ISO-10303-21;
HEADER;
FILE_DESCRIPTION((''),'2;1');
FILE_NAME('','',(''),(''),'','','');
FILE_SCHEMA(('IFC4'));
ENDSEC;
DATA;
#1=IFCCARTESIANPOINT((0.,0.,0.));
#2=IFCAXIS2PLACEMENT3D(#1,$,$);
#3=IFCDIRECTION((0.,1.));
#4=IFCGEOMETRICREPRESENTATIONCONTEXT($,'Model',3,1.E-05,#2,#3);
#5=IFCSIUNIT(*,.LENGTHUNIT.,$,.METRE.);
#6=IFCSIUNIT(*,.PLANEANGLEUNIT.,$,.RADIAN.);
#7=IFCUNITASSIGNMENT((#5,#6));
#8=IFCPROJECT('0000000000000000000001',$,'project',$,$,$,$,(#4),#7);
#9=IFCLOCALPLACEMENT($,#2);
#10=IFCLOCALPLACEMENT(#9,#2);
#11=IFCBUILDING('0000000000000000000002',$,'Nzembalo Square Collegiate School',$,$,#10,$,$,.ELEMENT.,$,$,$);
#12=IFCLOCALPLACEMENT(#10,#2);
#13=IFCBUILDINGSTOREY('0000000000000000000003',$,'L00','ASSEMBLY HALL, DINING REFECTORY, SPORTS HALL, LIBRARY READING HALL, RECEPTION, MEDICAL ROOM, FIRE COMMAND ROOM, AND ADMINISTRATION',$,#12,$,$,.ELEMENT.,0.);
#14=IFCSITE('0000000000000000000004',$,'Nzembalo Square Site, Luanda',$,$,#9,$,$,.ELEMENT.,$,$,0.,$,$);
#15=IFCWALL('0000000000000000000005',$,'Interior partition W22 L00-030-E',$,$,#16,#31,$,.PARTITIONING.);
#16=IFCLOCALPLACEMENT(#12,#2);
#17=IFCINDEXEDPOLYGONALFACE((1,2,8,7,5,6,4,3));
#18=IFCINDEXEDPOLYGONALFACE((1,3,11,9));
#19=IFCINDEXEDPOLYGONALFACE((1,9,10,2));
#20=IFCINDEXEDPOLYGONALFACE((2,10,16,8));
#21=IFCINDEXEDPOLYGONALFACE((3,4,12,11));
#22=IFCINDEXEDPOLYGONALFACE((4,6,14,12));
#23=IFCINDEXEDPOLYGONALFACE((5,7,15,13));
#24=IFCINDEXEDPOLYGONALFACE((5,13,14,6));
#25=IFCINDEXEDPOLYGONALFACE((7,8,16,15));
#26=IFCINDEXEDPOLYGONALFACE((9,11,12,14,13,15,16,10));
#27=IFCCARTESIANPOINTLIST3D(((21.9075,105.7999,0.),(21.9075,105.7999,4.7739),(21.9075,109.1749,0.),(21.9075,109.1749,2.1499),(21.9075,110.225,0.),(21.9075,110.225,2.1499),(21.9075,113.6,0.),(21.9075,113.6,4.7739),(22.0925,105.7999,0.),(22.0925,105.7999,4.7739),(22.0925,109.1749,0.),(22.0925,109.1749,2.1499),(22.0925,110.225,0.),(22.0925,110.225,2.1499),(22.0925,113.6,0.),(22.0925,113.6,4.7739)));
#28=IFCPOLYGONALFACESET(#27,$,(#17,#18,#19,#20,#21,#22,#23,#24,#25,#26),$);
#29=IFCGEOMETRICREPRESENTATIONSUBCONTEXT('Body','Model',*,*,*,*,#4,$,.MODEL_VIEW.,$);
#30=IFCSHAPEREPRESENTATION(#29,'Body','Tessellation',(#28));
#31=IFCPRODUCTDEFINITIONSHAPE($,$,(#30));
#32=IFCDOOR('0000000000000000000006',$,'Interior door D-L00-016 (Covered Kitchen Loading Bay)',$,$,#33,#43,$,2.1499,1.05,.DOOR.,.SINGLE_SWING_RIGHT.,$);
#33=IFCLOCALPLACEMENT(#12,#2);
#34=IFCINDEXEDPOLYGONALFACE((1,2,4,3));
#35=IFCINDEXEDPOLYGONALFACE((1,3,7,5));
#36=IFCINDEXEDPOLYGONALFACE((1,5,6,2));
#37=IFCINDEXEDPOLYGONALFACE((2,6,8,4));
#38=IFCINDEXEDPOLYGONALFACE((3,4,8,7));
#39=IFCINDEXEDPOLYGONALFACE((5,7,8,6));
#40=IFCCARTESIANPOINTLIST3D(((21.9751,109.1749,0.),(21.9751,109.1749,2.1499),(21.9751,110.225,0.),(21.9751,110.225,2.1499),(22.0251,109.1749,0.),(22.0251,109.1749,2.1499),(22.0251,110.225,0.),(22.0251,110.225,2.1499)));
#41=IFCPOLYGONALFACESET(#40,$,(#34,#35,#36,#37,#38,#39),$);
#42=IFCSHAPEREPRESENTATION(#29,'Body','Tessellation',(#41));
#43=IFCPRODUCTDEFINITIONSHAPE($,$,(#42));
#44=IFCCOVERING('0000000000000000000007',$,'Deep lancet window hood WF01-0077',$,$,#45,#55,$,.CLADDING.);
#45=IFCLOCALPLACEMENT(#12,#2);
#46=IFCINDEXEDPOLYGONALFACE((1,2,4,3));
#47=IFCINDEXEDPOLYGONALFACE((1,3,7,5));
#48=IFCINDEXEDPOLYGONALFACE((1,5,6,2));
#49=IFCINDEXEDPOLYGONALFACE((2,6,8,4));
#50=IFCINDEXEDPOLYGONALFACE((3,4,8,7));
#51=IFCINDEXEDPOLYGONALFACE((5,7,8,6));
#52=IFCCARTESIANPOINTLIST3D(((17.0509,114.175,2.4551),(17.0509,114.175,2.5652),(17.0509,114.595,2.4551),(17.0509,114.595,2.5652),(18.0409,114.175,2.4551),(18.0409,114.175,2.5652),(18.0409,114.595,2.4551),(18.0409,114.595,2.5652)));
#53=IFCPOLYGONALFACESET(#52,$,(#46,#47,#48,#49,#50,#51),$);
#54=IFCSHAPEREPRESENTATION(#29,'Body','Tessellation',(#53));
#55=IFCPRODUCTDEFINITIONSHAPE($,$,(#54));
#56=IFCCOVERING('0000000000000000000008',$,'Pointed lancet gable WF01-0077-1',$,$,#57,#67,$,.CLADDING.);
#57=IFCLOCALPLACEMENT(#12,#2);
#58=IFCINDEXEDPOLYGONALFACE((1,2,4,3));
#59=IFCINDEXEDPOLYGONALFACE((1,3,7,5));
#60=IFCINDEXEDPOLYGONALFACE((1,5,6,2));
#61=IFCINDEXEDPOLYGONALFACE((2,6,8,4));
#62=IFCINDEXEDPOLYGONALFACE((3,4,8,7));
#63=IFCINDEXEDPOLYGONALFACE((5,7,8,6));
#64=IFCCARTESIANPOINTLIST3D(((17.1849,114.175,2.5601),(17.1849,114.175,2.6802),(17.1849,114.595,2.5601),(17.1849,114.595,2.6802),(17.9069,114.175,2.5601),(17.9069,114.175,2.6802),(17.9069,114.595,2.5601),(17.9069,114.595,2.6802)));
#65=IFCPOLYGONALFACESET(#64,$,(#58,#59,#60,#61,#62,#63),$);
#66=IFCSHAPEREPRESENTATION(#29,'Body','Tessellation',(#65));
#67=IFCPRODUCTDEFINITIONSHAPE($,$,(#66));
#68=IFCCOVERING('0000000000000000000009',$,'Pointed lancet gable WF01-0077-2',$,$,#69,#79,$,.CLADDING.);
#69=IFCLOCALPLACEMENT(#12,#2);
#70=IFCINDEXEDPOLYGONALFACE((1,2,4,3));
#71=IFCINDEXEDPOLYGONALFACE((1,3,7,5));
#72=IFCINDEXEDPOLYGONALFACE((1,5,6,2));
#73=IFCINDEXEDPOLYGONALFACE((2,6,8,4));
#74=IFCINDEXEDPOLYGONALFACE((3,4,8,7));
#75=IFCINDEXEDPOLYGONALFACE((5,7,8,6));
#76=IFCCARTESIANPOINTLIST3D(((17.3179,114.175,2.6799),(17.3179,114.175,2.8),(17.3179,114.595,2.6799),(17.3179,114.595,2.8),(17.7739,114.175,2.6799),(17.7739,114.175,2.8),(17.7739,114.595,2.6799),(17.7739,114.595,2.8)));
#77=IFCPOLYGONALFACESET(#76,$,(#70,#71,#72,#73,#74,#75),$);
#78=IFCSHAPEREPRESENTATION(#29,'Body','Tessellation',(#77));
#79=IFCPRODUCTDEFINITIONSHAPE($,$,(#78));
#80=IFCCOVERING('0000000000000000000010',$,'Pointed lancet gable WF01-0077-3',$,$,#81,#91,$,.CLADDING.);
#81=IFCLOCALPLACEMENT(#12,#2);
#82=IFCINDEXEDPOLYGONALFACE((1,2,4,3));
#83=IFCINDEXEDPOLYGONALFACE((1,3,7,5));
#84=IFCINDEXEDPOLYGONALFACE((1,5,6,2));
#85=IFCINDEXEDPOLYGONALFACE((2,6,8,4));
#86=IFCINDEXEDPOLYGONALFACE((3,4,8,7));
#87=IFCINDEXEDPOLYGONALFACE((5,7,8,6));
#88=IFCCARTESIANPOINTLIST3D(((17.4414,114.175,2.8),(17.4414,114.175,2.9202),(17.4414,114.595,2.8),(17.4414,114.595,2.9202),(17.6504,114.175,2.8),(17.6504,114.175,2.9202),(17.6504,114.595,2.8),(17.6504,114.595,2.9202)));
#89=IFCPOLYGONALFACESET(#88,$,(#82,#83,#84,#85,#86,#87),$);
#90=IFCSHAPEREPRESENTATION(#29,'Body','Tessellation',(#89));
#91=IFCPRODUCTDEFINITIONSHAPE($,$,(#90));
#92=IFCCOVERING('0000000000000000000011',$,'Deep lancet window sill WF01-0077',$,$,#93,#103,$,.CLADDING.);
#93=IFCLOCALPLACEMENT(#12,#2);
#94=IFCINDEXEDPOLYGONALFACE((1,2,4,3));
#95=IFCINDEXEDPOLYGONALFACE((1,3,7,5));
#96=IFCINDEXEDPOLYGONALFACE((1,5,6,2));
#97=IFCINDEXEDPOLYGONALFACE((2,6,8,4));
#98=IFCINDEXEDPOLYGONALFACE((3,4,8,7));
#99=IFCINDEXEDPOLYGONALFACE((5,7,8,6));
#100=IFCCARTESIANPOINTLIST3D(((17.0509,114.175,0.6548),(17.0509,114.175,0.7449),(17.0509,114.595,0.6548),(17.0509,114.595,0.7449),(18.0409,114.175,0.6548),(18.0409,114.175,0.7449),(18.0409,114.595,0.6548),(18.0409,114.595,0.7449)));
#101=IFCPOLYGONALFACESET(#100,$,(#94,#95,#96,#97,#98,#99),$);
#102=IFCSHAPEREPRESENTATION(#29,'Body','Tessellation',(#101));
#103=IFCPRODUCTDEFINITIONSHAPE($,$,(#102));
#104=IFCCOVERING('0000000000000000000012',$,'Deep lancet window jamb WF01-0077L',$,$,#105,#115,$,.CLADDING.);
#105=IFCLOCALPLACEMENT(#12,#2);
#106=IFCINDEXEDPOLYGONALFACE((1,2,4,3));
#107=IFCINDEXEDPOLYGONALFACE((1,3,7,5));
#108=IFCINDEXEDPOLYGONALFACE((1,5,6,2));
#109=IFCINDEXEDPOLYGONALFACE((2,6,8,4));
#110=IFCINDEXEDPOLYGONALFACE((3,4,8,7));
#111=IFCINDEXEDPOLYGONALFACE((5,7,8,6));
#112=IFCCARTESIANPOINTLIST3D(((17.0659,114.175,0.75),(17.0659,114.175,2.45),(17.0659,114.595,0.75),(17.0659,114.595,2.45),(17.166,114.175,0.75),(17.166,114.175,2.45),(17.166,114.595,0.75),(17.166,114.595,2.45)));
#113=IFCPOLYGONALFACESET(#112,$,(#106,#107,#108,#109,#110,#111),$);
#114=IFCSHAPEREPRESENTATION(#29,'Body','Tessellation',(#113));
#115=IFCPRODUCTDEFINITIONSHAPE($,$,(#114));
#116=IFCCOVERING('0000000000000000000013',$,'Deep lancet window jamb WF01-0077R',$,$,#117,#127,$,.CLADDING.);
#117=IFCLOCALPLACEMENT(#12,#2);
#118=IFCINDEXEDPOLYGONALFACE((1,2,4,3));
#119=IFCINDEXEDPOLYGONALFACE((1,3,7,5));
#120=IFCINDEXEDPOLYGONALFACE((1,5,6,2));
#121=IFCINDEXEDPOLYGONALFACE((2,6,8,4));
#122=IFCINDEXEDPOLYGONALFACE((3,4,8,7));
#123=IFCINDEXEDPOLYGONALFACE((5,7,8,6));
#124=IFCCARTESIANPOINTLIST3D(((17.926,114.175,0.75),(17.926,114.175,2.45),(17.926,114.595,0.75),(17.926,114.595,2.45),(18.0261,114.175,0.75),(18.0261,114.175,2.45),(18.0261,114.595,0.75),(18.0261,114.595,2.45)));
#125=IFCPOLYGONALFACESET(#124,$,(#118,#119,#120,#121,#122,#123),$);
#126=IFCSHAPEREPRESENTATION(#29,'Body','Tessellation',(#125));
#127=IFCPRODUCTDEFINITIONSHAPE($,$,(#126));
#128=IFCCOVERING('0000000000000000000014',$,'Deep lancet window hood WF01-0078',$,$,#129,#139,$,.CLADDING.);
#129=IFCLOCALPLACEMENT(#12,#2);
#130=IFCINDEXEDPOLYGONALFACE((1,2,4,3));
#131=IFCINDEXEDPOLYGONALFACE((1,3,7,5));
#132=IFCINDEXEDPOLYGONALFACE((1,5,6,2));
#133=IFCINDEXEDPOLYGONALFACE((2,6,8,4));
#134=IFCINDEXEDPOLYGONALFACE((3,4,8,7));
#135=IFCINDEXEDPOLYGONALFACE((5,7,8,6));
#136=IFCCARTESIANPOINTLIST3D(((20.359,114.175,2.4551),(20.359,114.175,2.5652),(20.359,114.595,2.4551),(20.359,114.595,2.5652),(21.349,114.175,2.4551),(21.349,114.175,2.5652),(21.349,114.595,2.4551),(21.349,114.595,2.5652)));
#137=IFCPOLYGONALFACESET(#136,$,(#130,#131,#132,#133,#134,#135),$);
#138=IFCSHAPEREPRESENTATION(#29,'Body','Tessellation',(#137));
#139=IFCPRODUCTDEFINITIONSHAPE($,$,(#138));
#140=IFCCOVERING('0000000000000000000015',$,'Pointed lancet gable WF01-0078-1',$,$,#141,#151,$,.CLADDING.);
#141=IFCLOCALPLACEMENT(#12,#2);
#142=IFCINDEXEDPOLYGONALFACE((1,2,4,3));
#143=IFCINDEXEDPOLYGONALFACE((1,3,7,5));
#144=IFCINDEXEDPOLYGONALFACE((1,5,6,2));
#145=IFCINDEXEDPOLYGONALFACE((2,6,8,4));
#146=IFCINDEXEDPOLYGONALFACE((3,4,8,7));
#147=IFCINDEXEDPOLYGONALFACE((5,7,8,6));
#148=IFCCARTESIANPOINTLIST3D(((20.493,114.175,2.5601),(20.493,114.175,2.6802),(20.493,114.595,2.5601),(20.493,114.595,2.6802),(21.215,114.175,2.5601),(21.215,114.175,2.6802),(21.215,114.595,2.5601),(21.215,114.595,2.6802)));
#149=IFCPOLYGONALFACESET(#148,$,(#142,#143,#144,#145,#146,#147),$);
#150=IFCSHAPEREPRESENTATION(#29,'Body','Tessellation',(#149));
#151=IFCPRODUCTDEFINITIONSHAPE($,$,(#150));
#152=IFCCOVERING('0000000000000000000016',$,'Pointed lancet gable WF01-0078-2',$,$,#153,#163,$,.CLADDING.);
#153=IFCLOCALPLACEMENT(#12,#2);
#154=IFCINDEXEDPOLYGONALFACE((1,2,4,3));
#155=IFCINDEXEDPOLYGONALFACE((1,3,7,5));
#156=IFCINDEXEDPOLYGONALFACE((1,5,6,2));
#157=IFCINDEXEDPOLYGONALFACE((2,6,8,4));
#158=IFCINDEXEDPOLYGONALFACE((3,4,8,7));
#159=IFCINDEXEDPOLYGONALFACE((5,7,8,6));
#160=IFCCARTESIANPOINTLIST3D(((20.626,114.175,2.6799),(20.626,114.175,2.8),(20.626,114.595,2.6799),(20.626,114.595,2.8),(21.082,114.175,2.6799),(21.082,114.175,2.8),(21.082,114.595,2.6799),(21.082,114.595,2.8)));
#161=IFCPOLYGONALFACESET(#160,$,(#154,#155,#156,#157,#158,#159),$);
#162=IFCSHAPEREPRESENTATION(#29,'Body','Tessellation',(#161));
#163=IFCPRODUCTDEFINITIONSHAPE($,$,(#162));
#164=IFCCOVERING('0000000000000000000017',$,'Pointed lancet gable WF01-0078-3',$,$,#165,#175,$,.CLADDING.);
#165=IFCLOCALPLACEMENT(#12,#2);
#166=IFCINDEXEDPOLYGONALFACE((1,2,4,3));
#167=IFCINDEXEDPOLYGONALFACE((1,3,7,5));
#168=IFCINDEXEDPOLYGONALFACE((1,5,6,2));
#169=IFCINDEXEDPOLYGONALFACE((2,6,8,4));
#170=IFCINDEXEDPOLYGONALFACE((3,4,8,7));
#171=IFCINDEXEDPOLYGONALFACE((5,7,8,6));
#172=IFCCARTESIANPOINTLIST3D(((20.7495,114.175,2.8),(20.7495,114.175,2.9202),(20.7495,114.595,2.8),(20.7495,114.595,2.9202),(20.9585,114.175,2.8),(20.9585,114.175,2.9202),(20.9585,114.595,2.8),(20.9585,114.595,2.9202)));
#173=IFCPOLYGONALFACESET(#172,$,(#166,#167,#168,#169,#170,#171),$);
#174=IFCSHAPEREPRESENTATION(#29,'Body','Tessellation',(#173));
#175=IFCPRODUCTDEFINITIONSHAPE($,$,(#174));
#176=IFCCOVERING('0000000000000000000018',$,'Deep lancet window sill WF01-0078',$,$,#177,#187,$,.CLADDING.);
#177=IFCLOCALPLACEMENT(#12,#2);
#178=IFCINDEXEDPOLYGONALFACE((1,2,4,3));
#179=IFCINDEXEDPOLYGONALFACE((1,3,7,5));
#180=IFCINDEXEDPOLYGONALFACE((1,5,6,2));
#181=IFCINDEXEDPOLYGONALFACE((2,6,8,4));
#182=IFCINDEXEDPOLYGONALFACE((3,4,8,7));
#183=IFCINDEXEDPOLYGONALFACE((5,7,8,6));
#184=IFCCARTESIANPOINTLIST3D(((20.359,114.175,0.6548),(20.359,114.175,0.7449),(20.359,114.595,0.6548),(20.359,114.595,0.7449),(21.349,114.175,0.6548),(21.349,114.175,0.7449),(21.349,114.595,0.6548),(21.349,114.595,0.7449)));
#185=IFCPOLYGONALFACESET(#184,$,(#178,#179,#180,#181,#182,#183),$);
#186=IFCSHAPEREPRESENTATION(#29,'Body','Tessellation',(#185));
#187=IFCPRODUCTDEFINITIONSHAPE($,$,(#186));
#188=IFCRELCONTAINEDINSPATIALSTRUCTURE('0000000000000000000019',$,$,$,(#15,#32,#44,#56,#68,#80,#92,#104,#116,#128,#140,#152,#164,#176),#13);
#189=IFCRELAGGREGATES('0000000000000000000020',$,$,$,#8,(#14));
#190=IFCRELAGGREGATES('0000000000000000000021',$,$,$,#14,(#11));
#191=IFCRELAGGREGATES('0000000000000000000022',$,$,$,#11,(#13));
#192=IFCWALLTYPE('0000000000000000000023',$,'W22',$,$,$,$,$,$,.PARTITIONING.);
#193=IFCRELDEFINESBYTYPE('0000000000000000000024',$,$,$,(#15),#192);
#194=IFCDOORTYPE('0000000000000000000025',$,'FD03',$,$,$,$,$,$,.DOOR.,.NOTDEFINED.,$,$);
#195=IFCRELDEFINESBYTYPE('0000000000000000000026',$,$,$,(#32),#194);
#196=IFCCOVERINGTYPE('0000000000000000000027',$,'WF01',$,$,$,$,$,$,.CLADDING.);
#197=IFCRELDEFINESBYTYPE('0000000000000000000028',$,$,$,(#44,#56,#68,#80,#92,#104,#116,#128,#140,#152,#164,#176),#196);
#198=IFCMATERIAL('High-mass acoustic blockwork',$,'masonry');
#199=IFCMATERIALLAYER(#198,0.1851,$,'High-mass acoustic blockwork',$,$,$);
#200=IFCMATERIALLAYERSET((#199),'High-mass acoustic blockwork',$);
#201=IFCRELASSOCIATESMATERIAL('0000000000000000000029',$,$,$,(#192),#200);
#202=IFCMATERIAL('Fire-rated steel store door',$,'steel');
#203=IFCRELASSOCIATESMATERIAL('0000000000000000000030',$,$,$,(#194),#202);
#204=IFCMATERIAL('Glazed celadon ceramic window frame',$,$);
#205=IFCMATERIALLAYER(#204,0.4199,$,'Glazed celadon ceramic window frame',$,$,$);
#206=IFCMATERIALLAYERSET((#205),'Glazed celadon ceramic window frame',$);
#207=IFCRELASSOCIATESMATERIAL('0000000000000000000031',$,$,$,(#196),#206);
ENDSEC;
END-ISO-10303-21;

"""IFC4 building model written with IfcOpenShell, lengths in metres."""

from ifc_helpers import new_model, si_unit, direction, frame, frame_2d, origin, origin_2d, place, context, subcontext, project, spatial, rectangle, extrude, material, layer, layer_set, type_object, element, fill, save


model = new_model("IFC4")

# Units and contexts
model_context = context("Model", 3, precision=1e-05, world=origin(), true_north=direction((0.0, 1.0)))
body_context = subcontext(model_context, "Body", "Model", "MODEL_VIEW")
ifc_project = project(units=[si_unit("LENGTHUNIT", "METRE"), si_unit("PLANEANGLEUNIT", "RADIAN")], contexts=[model_context])

# Site, building, storey
site_placement = place(None, origin())
site = spatial("IfcSite", under=ifc_project, at=site_placement, Name="Nzembalo Square Site, Luanda", CompositionType="ELEMENT", RefElevation=0.0)
building_placement = place(site_placement, origin())
building = spatial("IfcBuilding", under=site, at=building_placement, Name="Nzembalo Square Collegiate School", CompositionType="ELEMENT")
storey_placement = place(building_placement, origin())
storey = spatial("IfcBuildingStorey", under=building, at=storey_placement, Name="L00", Description="ASSEMBLY HALL, DINING REFECTORY, SPORTS HALL, LIBRARY READING HALL, RECEPTION, MEDICAL ROOM, FIRE COMMAND ROOM, AND ADMINISTRATION", CompositionType="ELEMENT", Elevation=0.0)

# Wall, opening, door
ifc_material_1 = material(Name="High-mass acoustic blockwork", Category="masonry")
ifc_layer_1 = layer(ifc_material_1, 0.1851, Name="High-mass acoustic blockwork")
ifc_layer_set_1 = layer_set([ifc_layer_1], Name="High-mass acoustic blockwork")
wall_type_1 = type_object("IfcWallType", Name="W22", PredefinedType="PARTITIONING", material=ifc_layer_set_1)
wall_1_placement = place(storey_placement, frame((22.0, 105.8, 0.0), z_axis=(0.0, 0.0, 1.0), x_axis=(0.0, 1.0, 0.0)))
wall_1 = element("IfcWall", 1, at=wall_1_placement, inside=storey, type_object=wall_type_1, Name="Interior partition W22 L00-030-E", PredefinedType="PARTITIONING", context=body_context, shape_type="SweptSolid", body=[
    extrude(rectangle(XDim=7.8, YDim=0.1851, at=frame_2d((3.8999, 0.0))), origin(), (0.0, 0.0, 1.0), 4.7739),
])
opening_1_placement = place(wall_1_placement, frame((3.375, 0.0, 0.0)))
opening_1 = element("IfcOpeningElement", 2, at=opening_1_placement, cuts=wall_1, PredefinedType="OPENING", context=body_context, shape_type="SweptSolid", body=[
    extrude(rectangle(XDim=1.05, YDim=2.1499, at=frame_2d((0.5249, 1.075))), frame((0.0, 0.1025, 0.0), z_axis=(0.0, -1.0, 0.0), x_axis=(1.0, 0.0, 0.0)), (0.0, 0.0, 1.0), 0.2051),
])
ifc_material_2 = material(Name="Fire-rated steel store door", Category="steel")
door_type_1 = type_object("IfcDoorType", Name="FD03", OperationType="NOTDEFINED", PredefinedType="DOOR", material=ifc_material_2)
door_1_placement = place(opening_1_placement, origin())
door_1 = element("IfcDoor", 3, at=door_1_placement, inside=storey, type_object=door_type_1, Name="Interior door D-L00-016 (Covered Kitchen Loading Bay)", OperationType="SINGLE_SWING_RIGHT", OverallHeight=2.1499, OverallWidth=1.05, PredefinedType="DOOR", context=body_context, shape_type="SweptSolid", body=[
    extrude(rectangle(XDim=1.05, YDim=2.1499, at=frame_2d((0.5249, 1.075))), frame((0.0, 0.0249, 0.0), z_axis=(0.0, -1.0, 0.0), x_axis=(1.0, 0.0, 0.0)), (0.0, 0.0, 1.0), 0.05),
])
fill(opening_1, door_1)

# Coverings
ifc_material_3 = material(Name="Glazed celadon ceramic window frame")
ifc_layer_2 = layer(ifc_material_3, 0.4199, Name="Glazed celadon ceramic window frame")
ifc_layer_set_2 = layer_set([ifc_layer_2], Name="Glazed celadon ceramic window frame")
covering_type = type_object("IfcCoveringType", Name="WF01", PredefinedType="CLADDING", material=ifc_layer_set_2)
covering_1_placement = place(storey_placement, frame((17.5459, 114.385, 2.4551), z_axis=(0.0, 0.0, 1.0), x_axis=(1.0, 0.0, 0.0)))
element("IfcCovering", 4, at=covering_1_placement, inside=storey, type_object=covering_type, Name="Deep lancet window hood WF01-0077", PredefinedType="CLADDING", context=body_context, shape_type="SweptSolid", body=[
    extrude(rectangle(XDim=0.99, YDim=0.4199, at=origin_2d()), origin(), (0.0, 0.0, 1.0), 0.1101),
])
covering_2_placement = place(storey_placement, frame((17.5459, 114.385, 2.5601), z_axis=(0.0, 0.0, 1.0), x_axis=(1.0, 0.0, 0.0)))
element("IfcCovering", 5, at=covering_2_placement, inside=storey, type_object=covering_type, Name="Pointed lancet gable WF01-0077-1", PredefinedType="CLADDING", context=body_context, shape_type="SweptSolid", body=[
    extrude(rectangle(XDim=0.7219, YDim=0.4199, at=origin_2d()), origin(), (0.0, 0.0, 1.0), 0.1201),
])
covering_3_placement = place(storey_placement, frame((17.5459, 114.385, 2.6799), z_axis=(0.0, 0.0, 1.0), x_axis=(1.0, 0.0, 0.0)))
element("IfcCovering", 6, at=covering_3_placement, inside=storey, type_object=covering_type, Name="Pointed lancet gable WF01-0077-2", PredefinedType="CLADDING", context=body_context, shape_type="SweptSolid", body=[
    extrude(rectangle(XDim=0.4561, YDim=0.4199, at=origin_2d()), origin(), (0.0, 0.0, 1.0), 0.1201),
])
covering_4_placement = place(storey_placement, frame((17.5459, 114.385, 2.8), z_axis=(0.0, 0.0, 1.0), x_axis=(1.0, 0.0, 0.0)))
element("IfcCovering", 7, at=covering_4_placement, inside=storey, type_object=covering_type, Name="Pointed lancet gable WF01-0077-3", PredefinedType="CLADDING", context=body_context, shape_type="SweptSolid", body=[
    extrude(rectangle(XDim=0.209, YDim=0.4199, at=origin_2d()), origin(), (0.0, 0.0, 1.0), 0.1201),
])
covering_5_placement = place(storey_placement, frame((17.5459, 114.385, 0.6548), z_axis=(0.0, 0.0, 1.0), x_axis=(1.0, 0.0, 0.0)))
element("IfcCovering", 8, at=covering_5_placement, inside=storey, type_object=covering_type, Name="Deep lancet window sill WF01-0077", PredefinedType="CLADDING", context=body_context, shape_type="SweptSolid", body=[
    extrude(rectangle(XDim=0.99, YDim=0.4199, at=origin_2d()), origin(), (0.0, 0.0, 1.0), 0.0901),
])
for number, where, z_axis, x_axis, name in (
    (9, (17.116, 114.385, 0.75), (0.0, 0.0, 1.0), (1.0, 0.0, 0.0), "Deep lancet window jamb WF01-0077L"),
    (10, (17.9761, 114.385, 0.75), (0.0, 0.0, 1.0), (1.0, 0.0, 0.0), "Deep lancet window jamb WF01-0077R"),
):
    element("IfcCovering", number, at=place(storey_placement, frame(where, z_axis=z_axis, x_axis=x_axis)), inside=storey, type_object=covering_type, Name=name, PredefinedType="CLADDING", context=body_context, shape_type="SweptSolid", body=[
        extrude(rectangle(XDim=0.1001, YDim=0.4199, at=origin_2d()), origin(), (0.0, 0.0, 1.0), 1.7),
    ])
covering_6_placement = place(storey_placement, frame((20.854, 114.385, 2.4551), z_axis=(0.0, 0.0, 1.0), x_axis=(1.0, 0.0, 0.0)))
element("IfcCovering", 11, at=covering_6_placement, inside=storey, type_object=covering_type, Name="Deep lancet window hood WF01-0078", PredefinedType="CLADDING", context=body_context, shape_type="SweptSolid", body=[
    extrude(rectangle(XDim=0.99, YDim=0.4199, at=origin_2d()), origin(), (0.0, 0.0, 1.0), 0.1101),
])
covering_7_placement = place(storey_placement, frame((20.854, 114.385, 2.5601), z_axis=(0.0, 0.0, 1.0), x_axis=(1.0, 0.0, 0.0)))
element("IfcCovering", 12, at=covering_7_placement, inside=storey, type_object=covering_type, Name="Pointed lancet gable WF01-0078-1", PredefinedType="CLADDING", context=body_context, shape_type="SweptSolid", body=[
    extrude(rectangle(XDim=0.7219, YDim=0.4199, at=origin_2d()), origin(), (0.0, 0.0, 1.0), 0.1201),
])
covering_8_placement = place(storey_placement, frame((20.854, 114.385, 2.6799), z_axis=(0.0, 0.0, 1.0), x_axis=(1.0, 0.0, 0.0)))
element("IfcCovering", 13, at=covering_8_placement, inside=storey, type_object=covering_type, Name="Pointed lancet gable WF01-0078-2", PredefinedType="CLADDING", context=body_context, shape_type="SweptSolid", body=[
    extrude(rectangle(XDim=0.4561, YDim=0.4199, at=origin_2d()), origin(), (0.0, 0.0, 1.0), 0.1201),
])
covering_9_placement = place(storey_placement, frame((20.854, 114.385, 2.8), z_axis=(0.0, 0.0, 1.0), x_axis=(1.0, 0.0, 0.0)))
element("IfcCovering", 14, at=covering_9_placement, inside=storey, type_object=covering_type, Name="Pointed lancet gable WF01-0078-3", PredefinedType="CLADDING", context=body_context, shape_type="SweptSolid", body=[
    extrude(rectangle(XDim=0.209, YDim=0.4199, at=origin_2d()), origin(), (0.0, 0.0, 1.0), 0.1201),
])
covering_10_placement = place(storey_placement, frame((20.854, 114.385, 0.6548), z_axis=(0.0, 0.0, 1.0), x_axis=(1.0, 0.0, 0.0)))
element("IfcCovering", 15, at=covering_10_placement, inside=storey, type_object=covering_type, Name="Deep lancet window sill WF01-0078", PredefinedType="CLADDING", context=body_context, shape_type="SweptSolid", body=[
    extrude(rectangle(XDim=0.99, YDim=0.4199, at=origin_2d()), origin(), (0.0, 0.0, 1.0), 0.0901),
])

save(model, "model.ifc")
